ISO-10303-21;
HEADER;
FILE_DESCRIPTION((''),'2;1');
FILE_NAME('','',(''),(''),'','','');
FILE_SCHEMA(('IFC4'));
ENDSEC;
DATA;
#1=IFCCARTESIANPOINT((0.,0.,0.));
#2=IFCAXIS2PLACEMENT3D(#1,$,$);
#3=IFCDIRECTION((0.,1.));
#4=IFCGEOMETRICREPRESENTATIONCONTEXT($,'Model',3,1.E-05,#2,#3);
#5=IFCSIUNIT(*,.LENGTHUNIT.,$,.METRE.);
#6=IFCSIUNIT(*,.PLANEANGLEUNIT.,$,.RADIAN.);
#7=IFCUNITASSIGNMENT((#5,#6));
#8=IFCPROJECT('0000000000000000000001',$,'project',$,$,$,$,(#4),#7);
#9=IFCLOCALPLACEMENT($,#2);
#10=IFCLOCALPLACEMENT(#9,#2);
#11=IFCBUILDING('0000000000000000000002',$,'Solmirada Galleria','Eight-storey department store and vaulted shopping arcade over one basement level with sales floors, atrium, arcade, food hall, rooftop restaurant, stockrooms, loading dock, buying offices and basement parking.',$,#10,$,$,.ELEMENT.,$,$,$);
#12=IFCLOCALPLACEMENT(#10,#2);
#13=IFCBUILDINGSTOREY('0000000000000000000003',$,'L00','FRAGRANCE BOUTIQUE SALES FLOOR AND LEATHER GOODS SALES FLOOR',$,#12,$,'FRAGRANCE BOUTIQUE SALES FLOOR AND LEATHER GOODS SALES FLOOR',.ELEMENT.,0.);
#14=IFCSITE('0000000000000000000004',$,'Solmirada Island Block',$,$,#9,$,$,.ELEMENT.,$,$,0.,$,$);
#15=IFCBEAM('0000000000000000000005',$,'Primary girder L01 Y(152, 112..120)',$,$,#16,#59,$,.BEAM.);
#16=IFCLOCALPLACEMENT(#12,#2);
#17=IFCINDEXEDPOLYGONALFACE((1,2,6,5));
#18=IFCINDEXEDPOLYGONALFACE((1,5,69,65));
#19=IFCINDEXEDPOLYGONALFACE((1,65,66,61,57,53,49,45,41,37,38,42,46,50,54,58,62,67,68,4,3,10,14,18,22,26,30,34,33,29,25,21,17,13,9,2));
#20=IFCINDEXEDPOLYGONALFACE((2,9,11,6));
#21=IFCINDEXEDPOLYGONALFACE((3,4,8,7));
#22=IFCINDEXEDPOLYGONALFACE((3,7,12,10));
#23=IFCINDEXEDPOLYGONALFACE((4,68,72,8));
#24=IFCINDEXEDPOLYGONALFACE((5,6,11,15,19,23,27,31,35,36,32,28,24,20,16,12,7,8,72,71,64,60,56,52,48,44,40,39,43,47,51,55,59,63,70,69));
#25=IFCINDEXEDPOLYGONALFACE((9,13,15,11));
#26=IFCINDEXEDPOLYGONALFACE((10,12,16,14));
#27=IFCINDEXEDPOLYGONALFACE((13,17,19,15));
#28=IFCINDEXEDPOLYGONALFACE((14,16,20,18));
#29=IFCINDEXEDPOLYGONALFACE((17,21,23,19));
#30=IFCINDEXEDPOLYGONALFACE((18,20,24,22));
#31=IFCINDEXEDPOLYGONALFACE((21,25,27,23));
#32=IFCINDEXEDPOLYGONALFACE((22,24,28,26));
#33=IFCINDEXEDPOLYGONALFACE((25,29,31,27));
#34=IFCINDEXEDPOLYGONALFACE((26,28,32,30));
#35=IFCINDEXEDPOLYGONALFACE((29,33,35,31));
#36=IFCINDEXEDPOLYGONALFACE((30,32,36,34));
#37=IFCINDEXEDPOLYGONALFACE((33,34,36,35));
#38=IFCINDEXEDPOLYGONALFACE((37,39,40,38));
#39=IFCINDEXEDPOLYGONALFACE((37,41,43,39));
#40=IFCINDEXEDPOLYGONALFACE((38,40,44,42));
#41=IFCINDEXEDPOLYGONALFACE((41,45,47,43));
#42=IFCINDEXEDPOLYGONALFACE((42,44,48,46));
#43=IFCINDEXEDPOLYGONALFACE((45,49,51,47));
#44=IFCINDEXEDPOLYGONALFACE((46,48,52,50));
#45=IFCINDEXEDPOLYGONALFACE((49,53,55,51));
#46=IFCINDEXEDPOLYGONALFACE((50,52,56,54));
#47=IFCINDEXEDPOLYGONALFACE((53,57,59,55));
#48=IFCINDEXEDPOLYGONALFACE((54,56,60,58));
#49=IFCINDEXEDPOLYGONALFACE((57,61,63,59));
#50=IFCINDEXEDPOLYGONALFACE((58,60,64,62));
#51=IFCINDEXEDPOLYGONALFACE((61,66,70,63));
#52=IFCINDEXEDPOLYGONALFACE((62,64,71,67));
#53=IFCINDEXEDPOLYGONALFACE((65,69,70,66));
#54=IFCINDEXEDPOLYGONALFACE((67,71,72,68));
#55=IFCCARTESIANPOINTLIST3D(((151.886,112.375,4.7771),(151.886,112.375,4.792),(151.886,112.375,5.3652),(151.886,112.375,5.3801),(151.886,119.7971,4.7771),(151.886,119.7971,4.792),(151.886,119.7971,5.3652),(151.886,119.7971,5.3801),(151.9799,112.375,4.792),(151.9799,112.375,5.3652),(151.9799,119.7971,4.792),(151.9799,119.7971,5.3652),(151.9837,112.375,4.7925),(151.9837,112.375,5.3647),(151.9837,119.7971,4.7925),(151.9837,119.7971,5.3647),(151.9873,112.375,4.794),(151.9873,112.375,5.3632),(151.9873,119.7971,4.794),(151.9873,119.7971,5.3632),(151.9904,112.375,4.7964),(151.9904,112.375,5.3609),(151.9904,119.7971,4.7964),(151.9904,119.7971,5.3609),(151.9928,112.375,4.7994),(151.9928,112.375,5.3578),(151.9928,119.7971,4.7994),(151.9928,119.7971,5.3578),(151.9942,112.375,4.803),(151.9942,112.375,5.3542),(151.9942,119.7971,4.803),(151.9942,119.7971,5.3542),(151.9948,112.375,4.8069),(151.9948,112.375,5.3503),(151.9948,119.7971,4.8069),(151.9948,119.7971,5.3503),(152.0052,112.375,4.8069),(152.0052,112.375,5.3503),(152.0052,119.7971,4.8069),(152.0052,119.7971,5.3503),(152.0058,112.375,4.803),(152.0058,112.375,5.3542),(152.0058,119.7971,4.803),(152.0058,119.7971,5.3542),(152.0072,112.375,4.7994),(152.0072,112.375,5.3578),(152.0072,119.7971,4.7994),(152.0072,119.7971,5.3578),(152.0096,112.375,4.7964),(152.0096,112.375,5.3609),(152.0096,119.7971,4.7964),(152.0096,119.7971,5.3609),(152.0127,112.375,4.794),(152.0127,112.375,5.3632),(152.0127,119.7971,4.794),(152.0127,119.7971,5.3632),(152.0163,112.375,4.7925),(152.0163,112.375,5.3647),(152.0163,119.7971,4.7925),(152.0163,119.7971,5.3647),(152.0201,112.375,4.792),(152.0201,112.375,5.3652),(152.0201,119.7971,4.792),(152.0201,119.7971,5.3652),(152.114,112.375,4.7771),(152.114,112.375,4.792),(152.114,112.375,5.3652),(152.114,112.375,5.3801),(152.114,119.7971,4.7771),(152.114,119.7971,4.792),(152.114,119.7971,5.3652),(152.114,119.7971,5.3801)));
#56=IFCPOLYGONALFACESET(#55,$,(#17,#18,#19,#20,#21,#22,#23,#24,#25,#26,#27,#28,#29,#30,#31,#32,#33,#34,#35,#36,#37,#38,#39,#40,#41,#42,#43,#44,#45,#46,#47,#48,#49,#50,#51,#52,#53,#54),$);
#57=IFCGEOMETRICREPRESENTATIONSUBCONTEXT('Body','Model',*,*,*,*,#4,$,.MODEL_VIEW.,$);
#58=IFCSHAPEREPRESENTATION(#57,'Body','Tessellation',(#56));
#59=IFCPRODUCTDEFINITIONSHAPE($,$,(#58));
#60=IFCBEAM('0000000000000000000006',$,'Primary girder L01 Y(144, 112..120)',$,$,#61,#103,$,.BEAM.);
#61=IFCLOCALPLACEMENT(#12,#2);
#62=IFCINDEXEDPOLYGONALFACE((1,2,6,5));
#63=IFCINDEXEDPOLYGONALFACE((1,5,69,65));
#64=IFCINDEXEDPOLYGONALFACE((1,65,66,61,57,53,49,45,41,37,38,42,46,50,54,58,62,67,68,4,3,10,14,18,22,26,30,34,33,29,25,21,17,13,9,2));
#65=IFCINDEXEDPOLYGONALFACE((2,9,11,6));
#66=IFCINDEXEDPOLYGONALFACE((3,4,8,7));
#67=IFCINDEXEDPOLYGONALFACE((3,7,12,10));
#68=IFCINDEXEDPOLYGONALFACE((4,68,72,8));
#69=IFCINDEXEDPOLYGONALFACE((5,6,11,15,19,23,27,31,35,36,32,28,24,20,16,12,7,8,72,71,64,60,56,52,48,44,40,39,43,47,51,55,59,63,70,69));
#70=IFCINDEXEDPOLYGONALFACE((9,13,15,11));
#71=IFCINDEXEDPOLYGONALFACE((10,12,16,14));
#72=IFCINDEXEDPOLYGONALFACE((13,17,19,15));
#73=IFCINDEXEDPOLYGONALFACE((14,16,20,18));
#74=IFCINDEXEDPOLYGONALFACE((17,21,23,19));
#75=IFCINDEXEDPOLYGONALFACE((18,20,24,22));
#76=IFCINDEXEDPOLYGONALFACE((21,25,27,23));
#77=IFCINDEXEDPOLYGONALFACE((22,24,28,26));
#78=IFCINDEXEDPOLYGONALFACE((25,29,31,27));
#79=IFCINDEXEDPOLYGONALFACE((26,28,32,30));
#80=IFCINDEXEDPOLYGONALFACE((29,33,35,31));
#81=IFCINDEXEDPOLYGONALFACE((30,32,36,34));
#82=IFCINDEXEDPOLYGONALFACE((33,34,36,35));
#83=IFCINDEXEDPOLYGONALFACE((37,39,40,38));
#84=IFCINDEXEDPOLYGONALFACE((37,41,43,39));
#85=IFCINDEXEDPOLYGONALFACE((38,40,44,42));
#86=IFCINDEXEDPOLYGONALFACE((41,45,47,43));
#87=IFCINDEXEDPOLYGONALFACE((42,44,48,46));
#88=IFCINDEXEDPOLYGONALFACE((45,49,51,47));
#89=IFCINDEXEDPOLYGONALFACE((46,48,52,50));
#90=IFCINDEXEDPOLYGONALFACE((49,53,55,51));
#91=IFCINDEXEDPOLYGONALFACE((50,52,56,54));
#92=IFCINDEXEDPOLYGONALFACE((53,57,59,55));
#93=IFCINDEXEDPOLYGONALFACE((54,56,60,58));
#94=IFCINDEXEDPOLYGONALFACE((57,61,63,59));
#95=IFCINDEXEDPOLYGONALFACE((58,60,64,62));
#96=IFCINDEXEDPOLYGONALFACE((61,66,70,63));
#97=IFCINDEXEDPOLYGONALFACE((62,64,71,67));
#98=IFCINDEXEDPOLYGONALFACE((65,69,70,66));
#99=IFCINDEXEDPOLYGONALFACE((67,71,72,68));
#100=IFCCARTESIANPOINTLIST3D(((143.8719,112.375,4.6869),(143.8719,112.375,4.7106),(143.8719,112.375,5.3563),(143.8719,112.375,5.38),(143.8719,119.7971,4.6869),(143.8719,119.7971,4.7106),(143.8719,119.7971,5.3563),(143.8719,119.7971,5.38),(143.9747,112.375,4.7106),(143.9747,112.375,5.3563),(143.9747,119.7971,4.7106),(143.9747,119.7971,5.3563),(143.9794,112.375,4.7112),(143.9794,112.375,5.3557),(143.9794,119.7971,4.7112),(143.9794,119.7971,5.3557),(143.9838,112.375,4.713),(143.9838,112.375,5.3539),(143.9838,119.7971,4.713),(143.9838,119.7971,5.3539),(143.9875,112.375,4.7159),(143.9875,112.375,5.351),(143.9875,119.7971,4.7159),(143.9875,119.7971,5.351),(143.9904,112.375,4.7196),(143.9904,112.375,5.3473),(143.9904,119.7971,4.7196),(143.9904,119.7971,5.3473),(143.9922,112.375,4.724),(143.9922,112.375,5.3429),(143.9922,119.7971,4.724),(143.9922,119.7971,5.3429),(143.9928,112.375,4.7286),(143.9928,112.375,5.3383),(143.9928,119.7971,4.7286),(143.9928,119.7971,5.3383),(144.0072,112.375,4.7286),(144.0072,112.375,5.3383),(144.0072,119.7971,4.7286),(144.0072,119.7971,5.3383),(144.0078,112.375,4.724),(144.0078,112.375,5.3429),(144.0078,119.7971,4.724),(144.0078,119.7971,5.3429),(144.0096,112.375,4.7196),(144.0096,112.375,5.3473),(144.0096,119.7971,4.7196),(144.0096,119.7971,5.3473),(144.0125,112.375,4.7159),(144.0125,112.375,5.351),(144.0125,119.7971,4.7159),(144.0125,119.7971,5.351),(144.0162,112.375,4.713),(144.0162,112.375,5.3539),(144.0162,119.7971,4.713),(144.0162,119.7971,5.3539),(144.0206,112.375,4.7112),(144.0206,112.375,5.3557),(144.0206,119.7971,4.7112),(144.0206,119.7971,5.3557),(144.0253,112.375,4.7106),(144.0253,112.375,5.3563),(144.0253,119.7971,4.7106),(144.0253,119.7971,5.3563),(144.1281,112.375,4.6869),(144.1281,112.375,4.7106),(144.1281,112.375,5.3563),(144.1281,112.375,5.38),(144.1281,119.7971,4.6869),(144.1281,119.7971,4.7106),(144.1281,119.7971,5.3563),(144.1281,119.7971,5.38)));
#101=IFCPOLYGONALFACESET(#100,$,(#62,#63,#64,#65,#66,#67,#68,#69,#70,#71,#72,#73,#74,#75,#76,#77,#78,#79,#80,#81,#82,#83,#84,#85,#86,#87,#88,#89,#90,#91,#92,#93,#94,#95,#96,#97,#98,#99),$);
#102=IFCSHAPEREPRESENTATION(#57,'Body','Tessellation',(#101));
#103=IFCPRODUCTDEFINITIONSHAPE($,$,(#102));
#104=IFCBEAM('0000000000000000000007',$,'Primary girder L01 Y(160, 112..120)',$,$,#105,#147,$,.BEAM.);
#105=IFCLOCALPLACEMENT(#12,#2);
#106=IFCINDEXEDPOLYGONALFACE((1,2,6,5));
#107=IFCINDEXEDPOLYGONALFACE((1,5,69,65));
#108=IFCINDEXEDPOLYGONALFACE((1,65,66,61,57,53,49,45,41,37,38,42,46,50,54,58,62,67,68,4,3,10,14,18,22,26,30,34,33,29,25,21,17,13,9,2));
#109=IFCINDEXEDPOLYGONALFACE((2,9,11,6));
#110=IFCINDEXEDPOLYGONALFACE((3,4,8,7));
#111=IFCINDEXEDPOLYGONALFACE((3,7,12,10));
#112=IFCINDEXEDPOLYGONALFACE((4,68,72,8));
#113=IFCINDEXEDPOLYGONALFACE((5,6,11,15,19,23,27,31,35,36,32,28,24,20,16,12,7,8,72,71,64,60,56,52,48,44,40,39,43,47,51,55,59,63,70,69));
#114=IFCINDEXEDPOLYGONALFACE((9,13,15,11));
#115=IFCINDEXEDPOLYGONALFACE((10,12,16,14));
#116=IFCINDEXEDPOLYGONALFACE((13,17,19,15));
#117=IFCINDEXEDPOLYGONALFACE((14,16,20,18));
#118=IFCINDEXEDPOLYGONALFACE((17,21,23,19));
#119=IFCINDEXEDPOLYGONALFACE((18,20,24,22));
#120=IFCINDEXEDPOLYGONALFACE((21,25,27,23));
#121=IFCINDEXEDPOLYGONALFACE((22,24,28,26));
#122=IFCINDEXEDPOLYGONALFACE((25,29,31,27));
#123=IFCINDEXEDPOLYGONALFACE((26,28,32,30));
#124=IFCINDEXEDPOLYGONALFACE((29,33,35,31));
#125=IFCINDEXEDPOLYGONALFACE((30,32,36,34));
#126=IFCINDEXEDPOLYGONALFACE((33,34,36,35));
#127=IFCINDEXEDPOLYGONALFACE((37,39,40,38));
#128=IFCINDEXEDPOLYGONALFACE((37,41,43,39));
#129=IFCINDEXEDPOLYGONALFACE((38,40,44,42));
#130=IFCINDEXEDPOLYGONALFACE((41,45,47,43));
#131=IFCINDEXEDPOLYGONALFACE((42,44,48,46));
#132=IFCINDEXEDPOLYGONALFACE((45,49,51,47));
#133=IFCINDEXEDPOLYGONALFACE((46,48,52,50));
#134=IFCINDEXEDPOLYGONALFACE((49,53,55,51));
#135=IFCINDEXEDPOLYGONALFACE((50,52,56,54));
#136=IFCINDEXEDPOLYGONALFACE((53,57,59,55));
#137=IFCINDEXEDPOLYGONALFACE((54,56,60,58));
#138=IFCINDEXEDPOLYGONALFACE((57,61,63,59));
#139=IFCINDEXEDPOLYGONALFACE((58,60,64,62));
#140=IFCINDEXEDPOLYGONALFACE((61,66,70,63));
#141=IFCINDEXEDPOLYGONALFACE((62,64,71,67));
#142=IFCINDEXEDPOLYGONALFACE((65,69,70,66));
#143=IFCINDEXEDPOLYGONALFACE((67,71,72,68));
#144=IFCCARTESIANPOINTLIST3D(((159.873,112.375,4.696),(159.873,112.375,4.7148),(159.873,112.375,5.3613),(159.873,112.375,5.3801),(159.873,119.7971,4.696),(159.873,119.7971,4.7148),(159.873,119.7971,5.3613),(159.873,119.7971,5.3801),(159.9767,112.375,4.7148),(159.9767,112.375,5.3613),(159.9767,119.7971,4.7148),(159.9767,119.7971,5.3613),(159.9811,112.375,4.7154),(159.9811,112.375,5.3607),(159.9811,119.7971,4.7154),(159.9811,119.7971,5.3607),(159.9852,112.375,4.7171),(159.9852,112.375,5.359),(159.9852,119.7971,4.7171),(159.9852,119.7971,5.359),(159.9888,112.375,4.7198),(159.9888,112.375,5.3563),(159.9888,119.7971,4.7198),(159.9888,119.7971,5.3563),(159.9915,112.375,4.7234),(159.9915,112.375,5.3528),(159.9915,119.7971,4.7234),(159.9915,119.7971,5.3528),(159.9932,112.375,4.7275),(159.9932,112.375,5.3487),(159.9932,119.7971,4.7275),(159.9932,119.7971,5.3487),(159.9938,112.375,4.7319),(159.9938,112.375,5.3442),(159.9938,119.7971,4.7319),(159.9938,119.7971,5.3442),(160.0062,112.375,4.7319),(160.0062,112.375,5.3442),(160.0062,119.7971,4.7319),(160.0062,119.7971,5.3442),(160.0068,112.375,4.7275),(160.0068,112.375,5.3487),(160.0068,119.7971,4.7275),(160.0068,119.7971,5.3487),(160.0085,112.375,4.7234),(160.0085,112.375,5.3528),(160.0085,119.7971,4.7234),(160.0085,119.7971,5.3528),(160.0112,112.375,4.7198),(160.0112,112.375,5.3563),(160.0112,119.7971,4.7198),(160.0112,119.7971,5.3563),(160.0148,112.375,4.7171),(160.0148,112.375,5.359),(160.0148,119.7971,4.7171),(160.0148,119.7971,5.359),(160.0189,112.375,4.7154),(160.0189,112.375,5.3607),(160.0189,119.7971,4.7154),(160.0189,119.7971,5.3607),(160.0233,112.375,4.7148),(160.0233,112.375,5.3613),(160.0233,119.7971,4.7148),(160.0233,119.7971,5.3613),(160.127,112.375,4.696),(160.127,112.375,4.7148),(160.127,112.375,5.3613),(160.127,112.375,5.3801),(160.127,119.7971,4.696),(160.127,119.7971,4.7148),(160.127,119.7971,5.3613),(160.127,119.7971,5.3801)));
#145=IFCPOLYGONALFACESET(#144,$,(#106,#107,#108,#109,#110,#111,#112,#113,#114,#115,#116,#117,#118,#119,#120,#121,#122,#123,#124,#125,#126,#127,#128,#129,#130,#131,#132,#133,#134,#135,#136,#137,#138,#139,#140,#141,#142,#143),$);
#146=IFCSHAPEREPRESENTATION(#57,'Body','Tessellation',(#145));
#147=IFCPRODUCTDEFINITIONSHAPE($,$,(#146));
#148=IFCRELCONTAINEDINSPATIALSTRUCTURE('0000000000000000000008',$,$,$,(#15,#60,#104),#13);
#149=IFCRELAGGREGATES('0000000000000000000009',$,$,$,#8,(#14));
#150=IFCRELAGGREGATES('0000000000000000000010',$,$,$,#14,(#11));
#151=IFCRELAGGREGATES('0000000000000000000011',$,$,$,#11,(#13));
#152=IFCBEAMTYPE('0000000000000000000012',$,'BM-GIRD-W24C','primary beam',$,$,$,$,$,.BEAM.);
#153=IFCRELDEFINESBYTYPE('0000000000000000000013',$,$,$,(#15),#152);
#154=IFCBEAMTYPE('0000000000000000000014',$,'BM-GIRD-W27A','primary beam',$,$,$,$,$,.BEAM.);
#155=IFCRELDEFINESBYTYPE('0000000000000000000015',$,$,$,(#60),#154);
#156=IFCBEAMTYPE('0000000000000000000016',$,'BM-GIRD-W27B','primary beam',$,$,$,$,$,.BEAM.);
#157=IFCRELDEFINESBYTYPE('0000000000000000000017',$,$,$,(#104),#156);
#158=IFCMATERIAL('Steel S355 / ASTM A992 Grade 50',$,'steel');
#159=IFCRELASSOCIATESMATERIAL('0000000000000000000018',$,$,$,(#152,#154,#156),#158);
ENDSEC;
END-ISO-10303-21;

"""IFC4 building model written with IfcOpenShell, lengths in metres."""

from ifc_helpers import new_model, si_unit, direction, frame, origin, origin_2d, place, context, subcontext, project, spatial, i_section, extrude, material, material_profile, profile_set, type_object, element, save


model = new_model("IFC4")

# Units and contexts
model_context = context("Model", 3, precision=1e-05, world=origin(), true_north=direction((0.0, 1.0)))
body_context = subcontext(model_context, "Body", "Model", "MODEL_VIEW")
ifc_project = project(units=[si_unit("LENGTHUNIT", "METRE"), si_unit("PLANEANGLEUNIT", "RADIAN")], contexts=[model_context])

# Site, building, storey
site_placement = place(None, origin())
site = spatial("IfcSite", under=ifc_project, at=site_placement, Name="Solmirada Island Block", CompositionType="ELEMENT", RefElevation=0.0)
building_placement = place(site_placement, origin())
building = spatial("IfcBuilding", under=site, at=building_placement, Name="Solmirada Galleria", Description="Eight-storey department store and vaulted shopping arcade over one basement level with sales floors, atrium, arcade, food hall, rooftop restaurant, stockrooms, loading dock, buying offices and basement parking.", CompositionType="ELEMENT")
storey_placement = place(building_placement, origin())
storey = spatial("IfcBuildingStorey", under=building, at=storey_placement, Name="L00", Description="FRAGRANCE BOUTIQUE SALES FLOOR AND LEATHER GOODS SALES FLOOR", LongName="FRAGRANCE BOUTIQUE SALES FLOOR AND LEATHER GOODS SALES FLOOR", CompositionType="ELEMENT", Elevation=0.0)

# Beams
ifc_material_1 = material(Name="Steel S355 / ASTM A992 Grade 50", Category="steel")
ifc_material_profile_1 = material_profile(ifc_material_1, i_section(OverallWidth=0.228, OverallDepth=0.603, WebThickness=0.0105, FlangeThickness=0.0149, FilletRadius=0.0149, at=origin_2d()), Name="W24X68")
ifc_profile_set_1 = profile_set([ifc_material_profile_1], Name="Steel S355 / ASTM A992 Grade 50")
beam_type_1 = type_object("IfcBeamType", Name="BM-GIRD-W24C", Description="primary beam", PredefinedType="BEAM", material=ifc_profile_set_1)
beam_1_placement = place(storey_placement, frame((152.0, 112.375, 5.0786), z_axis=(0.0, 1.0, 0.0), x_axis=(-1.0, 0.0, 0.0)))
element("IfcBeam", 1, at=beam_1_placement, inside=storey, type_object=beam_type_1, Name="Primary girder L01 Y(152, 112..120)", PredefinedType="BEAM", context=body_context, shape_type="SweptSolid", body=[
    extrude(i_section(OverallWidth=0.228, OverallDepth=0.603, WebThickness=0.0105, FlangeThickness=0.0149, FilletRadius=0.0149, at=origin_2d()), origin(), (0.0, 0.0, 1.0), 7.4221),
])
ifc_material_profile_2 = material_profile(ifc_material_1, i_section(OverallWidth=0.2561, OverallDepth=0.6931, WebThickness=0.0144, FlangeThickness=0.0237, FilletRadius=0.0181, at=origin_2d()), Name="W27X114")
ifc_profile_set_2 = profile_set([ifc_material_profile_2], Name="Steel S355 / ASTM A992 Grade 50")
beam_type_2 = type_object("IfcBeamType", Name="BM-GIRD-W27A", Description="primary beam", PredefinedType="BEAM", material=ifc_profile_set_2)
beam_2_placement = place(storey_placement, frame((144.0, 112.375, 5.0334), z_axis=(0.0, 1.0, 0.0), x_axis=(-1.0, 0.0, 0.0)))
element("IfcBeam", 2, at=beam_2_placement, inside=storey, type_object=beam_type_2, Name="Primary girder L01 Y(144, 112..120)", PredefinedType="BEAM", context=body_context, shape_type="SweptSolid", body=[
    extrude(i_section(OverallWidth=0.2561, OverallDepth=0.6931, WebThickness=0.0144, FlangeThickness=0.0237, FilletRadius=0.0181, at=origin_2d()), origin(), (0.0, 0.0, 1.0), 7.4221),
])
ifc_material_profile_3 = material_profile(ifc_material_1, i_section(OverallWidth=0.2539, OverallDepth=0.6841, WebThickness=0.0125, FlangeThickness=0.0188, FilletRadius=0.0171, at=origin_2d()), Name="W27X94")
ifc_profile_set_3 = profile_set([ifc_material_profile_3], Name="Steel S355 / ASTM A992 Grade 50")
beam_type_3 = type_object("IfcBeamType", Name="BM-GIRD-W27B", Description="primary beam", PredefinedType="BEAM", material=ifc_profile_set_3)
beam_3_placement = place(storey_placement, frame((160.0, 112.375, 5.0381), z_axis=(0.0, 1.0, 0.0), x_axis=(-1.0, 0.0, 0.0)))
element("IfcBeam", 3, at=beam_3_placement, inside=storey, type_object=beam_type_3, Name="Primary girder L01 Y(160, 112..120)", PredefinedType="BEAM", context=body_context, shape_type="SweptSolid", body=[
    extrude(i_section(OverallWidth=0.2539, OverallDepth=0.6841, WebThickness=0.0125, FlangeThickness=0.0188, FilletRadius=0.0171, at=origin_2d()), origin(), (0.0, 0.0, 1.0), 7.4221),
])

save(model, "model.ifc")
